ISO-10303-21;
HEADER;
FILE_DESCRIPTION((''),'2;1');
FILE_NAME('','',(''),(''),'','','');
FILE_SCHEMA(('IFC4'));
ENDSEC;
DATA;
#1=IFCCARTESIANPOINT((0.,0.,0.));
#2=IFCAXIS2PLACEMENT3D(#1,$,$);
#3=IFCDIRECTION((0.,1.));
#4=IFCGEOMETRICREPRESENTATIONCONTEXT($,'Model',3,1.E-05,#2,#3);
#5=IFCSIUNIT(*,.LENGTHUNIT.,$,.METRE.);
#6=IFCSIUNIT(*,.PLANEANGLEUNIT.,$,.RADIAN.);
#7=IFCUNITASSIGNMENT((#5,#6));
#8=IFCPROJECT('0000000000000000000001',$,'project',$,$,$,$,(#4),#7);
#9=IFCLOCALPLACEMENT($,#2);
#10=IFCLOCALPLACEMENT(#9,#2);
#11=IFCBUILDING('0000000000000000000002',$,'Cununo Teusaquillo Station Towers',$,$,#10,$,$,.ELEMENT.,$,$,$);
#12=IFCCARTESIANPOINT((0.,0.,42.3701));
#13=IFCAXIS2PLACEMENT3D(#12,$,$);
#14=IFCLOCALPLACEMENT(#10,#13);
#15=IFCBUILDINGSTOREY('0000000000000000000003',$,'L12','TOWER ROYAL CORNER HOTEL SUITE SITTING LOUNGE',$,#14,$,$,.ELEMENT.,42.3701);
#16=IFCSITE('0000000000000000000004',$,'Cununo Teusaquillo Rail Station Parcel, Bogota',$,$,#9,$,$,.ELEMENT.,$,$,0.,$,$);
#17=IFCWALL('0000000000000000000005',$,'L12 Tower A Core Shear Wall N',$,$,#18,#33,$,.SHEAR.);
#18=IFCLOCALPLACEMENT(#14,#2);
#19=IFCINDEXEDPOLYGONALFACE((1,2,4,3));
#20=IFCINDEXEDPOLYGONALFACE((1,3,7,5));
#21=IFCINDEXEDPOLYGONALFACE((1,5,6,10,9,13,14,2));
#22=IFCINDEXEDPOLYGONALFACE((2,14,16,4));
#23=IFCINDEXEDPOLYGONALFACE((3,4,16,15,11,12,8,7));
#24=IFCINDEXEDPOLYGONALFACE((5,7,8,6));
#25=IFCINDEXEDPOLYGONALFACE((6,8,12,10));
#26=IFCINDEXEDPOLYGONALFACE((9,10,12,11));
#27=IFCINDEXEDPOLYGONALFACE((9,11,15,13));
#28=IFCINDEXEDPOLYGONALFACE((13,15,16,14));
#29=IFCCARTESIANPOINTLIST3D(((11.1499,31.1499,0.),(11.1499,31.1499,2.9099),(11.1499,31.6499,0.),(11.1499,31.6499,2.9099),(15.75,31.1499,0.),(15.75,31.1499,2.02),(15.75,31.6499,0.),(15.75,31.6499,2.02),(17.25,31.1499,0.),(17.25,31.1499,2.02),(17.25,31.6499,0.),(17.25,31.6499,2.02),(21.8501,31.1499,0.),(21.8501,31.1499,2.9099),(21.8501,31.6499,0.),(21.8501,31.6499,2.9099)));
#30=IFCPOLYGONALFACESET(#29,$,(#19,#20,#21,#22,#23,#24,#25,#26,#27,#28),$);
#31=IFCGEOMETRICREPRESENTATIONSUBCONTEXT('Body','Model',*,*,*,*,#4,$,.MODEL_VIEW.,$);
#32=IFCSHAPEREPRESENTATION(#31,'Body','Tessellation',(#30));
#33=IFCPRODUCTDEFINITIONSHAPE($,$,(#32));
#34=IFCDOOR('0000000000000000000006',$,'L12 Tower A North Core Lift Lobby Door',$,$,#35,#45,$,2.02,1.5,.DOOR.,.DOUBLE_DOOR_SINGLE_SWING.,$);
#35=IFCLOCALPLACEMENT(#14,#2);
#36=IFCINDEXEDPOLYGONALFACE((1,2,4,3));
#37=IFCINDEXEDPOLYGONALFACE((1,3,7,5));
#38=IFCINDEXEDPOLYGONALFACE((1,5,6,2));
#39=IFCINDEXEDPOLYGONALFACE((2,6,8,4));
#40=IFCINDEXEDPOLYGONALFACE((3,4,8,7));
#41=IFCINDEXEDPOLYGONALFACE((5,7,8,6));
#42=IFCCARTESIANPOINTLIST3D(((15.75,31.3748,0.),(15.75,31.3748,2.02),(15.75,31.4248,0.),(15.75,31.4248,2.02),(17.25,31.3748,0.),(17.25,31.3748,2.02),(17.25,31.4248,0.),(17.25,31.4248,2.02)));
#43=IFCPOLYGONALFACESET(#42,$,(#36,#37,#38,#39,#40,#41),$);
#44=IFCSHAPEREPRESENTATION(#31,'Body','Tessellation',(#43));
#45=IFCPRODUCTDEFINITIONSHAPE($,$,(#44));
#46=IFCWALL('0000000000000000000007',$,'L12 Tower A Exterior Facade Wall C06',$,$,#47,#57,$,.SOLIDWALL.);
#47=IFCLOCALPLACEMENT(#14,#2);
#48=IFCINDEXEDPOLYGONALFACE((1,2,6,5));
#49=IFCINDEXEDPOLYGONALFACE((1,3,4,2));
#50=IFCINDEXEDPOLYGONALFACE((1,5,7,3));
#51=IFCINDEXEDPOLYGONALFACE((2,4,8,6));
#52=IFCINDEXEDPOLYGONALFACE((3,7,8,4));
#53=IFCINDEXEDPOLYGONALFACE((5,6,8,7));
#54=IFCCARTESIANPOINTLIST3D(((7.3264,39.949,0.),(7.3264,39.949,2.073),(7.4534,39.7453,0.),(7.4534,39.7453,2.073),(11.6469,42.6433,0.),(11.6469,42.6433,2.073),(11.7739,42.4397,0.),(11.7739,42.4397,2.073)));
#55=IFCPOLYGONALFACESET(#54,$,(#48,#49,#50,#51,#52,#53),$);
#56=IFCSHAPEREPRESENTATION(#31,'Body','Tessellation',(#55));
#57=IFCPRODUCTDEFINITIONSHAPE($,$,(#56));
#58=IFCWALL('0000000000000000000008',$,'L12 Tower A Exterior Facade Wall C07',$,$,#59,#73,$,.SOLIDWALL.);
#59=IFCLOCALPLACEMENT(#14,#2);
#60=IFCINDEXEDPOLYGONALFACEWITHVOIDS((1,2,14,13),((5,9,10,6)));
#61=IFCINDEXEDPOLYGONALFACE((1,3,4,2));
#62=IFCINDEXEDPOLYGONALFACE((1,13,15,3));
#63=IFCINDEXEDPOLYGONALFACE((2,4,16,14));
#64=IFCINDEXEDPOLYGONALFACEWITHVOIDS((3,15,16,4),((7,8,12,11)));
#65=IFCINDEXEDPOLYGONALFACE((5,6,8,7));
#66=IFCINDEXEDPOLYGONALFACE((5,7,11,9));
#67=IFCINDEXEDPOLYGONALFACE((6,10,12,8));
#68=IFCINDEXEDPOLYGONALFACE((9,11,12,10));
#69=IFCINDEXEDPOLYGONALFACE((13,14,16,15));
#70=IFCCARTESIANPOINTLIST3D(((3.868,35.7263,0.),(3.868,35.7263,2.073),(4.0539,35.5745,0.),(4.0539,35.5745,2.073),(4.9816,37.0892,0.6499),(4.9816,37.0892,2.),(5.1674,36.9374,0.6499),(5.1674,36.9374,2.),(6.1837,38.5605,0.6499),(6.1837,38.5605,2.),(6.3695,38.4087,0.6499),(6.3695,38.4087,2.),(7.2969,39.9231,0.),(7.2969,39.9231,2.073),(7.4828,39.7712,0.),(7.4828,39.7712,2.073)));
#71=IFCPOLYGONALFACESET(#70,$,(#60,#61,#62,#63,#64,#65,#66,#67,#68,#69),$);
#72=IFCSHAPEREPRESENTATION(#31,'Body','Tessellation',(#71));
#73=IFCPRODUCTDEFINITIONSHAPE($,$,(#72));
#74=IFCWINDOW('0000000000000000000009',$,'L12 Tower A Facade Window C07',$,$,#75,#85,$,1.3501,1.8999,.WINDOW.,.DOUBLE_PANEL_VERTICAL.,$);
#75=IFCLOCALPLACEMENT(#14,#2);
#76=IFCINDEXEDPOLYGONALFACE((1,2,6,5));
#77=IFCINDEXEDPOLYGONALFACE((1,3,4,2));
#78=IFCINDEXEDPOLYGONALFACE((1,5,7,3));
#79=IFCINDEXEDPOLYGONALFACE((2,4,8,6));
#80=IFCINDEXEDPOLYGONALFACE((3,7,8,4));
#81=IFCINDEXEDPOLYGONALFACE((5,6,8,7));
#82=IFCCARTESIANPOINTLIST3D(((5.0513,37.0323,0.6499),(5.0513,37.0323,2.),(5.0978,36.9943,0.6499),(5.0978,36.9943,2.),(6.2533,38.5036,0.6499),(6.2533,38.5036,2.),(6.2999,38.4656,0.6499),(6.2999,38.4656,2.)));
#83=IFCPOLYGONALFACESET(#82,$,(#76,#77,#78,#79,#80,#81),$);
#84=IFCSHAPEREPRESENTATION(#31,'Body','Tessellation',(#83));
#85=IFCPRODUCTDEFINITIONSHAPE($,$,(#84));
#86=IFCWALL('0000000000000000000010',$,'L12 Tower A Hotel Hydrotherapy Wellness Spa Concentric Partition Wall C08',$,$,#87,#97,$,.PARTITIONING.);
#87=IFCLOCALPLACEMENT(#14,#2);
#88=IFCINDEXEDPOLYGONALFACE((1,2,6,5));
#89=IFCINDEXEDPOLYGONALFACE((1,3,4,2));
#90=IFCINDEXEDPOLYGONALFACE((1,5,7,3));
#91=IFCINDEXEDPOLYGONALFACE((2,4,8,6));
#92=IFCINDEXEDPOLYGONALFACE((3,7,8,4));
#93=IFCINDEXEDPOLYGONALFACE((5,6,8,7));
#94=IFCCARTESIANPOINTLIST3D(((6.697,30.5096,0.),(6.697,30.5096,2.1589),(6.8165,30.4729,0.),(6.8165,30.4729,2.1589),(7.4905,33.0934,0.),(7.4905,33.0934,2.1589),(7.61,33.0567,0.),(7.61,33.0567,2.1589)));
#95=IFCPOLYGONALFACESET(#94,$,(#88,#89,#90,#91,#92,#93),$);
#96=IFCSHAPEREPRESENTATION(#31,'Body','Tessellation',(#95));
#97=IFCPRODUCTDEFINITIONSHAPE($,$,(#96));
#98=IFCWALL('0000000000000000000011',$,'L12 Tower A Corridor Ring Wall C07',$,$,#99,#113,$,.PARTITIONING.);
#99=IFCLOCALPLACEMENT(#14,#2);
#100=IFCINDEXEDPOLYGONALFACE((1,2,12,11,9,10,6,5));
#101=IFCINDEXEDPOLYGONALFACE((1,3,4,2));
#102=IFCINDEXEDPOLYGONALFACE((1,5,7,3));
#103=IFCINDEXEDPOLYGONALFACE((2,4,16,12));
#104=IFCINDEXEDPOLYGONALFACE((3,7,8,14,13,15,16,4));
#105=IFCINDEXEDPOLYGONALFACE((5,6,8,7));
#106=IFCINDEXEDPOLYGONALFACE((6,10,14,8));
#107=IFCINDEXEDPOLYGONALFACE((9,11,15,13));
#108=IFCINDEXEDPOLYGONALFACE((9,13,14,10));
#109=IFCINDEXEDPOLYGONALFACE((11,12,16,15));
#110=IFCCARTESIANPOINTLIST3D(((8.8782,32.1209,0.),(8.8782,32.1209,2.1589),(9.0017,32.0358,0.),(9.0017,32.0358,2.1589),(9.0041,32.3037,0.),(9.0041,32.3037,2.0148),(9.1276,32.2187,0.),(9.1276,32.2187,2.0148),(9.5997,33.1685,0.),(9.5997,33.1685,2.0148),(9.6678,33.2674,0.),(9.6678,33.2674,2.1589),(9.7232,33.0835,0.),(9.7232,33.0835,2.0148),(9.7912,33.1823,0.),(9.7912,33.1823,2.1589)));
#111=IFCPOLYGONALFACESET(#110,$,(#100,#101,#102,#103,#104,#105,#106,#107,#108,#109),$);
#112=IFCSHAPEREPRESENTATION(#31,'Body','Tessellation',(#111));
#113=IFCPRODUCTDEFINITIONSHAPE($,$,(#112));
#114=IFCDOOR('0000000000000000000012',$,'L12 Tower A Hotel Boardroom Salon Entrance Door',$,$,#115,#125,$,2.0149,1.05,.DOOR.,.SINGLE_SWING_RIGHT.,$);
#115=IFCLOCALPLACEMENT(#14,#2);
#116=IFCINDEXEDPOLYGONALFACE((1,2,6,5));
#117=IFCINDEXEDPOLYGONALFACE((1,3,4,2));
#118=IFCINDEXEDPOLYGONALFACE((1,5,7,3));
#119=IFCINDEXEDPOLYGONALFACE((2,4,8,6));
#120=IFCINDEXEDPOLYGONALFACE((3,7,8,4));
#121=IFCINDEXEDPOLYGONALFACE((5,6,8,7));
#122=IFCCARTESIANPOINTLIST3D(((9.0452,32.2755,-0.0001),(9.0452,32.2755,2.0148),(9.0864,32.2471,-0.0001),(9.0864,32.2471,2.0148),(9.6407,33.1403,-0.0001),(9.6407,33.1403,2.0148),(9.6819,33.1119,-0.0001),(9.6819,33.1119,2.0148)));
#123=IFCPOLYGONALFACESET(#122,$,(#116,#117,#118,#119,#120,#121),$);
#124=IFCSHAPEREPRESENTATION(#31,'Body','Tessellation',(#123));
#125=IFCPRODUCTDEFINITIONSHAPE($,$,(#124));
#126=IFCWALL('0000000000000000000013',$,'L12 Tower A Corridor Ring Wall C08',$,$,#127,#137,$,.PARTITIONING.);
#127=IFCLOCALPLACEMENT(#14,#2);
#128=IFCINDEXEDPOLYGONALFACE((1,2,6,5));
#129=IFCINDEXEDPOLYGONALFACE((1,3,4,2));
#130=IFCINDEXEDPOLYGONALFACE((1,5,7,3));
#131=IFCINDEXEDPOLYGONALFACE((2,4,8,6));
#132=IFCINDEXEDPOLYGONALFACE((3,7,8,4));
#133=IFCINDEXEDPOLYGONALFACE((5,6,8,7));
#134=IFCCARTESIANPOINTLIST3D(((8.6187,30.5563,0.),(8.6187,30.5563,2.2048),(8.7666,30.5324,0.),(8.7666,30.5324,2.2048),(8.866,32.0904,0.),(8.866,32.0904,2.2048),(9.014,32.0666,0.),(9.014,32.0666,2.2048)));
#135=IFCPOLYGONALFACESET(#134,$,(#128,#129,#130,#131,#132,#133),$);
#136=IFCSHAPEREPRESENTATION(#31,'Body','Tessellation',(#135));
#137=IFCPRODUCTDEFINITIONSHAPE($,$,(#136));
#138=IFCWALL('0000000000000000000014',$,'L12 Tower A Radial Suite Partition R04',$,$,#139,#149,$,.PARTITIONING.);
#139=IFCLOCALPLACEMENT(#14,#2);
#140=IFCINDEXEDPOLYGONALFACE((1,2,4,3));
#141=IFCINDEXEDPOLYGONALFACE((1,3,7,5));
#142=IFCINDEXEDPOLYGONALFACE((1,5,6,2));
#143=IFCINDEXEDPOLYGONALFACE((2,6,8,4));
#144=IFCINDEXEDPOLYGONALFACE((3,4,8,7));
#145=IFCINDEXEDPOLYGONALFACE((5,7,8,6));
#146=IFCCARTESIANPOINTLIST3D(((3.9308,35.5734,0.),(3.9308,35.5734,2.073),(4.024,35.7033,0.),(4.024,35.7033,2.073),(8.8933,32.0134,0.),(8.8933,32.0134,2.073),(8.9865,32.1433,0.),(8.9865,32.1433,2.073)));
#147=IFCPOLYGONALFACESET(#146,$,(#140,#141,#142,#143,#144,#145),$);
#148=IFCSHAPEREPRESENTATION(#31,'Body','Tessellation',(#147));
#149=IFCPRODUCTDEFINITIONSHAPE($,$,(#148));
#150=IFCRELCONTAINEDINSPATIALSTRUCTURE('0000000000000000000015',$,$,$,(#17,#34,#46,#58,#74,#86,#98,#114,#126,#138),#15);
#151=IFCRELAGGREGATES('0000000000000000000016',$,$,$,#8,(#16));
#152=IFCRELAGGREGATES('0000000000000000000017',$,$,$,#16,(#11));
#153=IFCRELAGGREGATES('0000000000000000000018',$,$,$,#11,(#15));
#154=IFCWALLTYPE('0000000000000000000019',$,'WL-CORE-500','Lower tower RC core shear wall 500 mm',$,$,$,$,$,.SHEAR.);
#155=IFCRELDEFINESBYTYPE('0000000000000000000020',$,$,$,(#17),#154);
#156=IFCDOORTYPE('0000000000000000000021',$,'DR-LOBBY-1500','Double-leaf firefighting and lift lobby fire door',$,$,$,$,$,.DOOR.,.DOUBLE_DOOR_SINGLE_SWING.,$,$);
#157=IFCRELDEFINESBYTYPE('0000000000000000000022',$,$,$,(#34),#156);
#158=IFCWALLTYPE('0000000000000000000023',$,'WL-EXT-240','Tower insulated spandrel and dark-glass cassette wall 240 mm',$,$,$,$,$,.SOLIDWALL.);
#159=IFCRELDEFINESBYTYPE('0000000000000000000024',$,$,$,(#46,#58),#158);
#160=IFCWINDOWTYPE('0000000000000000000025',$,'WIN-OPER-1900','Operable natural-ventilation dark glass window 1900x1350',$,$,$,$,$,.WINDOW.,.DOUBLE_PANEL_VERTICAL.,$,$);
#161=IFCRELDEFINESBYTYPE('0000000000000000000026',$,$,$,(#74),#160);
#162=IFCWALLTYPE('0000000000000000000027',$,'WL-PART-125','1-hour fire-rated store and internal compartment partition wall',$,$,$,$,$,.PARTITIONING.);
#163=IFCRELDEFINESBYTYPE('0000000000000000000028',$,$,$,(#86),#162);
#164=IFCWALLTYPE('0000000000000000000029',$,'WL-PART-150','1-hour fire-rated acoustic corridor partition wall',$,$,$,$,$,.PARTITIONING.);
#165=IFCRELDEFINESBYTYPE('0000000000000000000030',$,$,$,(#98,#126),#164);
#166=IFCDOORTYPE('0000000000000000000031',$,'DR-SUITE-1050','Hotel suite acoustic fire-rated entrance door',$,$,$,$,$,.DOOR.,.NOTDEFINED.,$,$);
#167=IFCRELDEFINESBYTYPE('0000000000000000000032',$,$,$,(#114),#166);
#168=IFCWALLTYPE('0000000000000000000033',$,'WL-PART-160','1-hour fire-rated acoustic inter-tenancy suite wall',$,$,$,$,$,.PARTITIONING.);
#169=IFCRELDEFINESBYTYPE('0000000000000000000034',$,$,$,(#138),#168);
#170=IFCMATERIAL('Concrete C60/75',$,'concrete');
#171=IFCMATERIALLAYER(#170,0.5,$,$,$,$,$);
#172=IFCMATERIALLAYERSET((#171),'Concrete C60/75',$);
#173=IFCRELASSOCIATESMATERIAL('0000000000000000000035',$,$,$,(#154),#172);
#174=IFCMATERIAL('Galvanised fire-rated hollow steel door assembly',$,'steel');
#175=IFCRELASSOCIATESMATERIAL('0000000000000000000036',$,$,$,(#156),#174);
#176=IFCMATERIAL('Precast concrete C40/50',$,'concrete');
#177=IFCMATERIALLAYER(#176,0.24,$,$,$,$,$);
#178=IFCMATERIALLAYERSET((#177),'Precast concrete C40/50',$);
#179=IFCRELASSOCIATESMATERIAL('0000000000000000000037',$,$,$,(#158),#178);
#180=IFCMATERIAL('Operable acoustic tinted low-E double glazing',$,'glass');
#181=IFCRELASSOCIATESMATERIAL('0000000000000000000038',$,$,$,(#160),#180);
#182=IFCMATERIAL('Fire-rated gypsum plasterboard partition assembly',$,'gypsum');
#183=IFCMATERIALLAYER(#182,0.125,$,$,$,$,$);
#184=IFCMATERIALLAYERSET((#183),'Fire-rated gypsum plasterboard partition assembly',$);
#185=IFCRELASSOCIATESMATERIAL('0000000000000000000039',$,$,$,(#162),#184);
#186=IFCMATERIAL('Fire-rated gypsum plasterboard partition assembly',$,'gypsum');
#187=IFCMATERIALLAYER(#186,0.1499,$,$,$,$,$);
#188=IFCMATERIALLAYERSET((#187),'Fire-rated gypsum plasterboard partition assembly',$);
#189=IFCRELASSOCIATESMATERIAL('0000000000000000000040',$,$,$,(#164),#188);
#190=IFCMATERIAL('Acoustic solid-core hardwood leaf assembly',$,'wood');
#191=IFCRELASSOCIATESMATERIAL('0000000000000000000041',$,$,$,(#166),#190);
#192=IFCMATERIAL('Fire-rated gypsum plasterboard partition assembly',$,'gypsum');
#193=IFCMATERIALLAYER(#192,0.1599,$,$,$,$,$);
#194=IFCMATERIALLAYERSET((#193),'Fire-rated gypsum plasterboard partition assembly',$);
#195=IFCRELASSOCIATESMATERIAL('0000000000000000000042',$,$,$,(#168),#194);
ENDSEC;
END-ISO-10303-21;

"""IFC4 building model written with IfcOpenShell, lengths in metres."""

from ifc_helpers import new_model, si_unit, direction, frame, frame_2d, origin, place, context, subcontext, project, spatial, rectangle, extrude, source, transform, mapped, material, layer, layer_set, type_object, element, fill, save


model = new_model("IFC4")

# Units and contexts
model_context = context("Model", 3, precision=1e-05, world=origin(), true_north=direction((0.0, 1.0)))
body_context = subcontext(model_context, "Body", "Model", "MODEL_VIEW")
ifc_project = project(units=[si_unit("LENGTHUNIT", "METRE"), si_unit("PLANEANGLEUNIT", "RADIAN")], contexts=[model_context])

# Site, building, storey
site_placement = place(None, origin())
site = spatial("IfcSite", under=ifc_project, at=site_placement, Name="Cununo Teusaquillo Rail Station Parcel, Bogota", CompositionType="ELEMENT", RefElevation=0.0)
building_placement = place(site_placement, origin())
building = spatial("IfcBuilding", under=site, at=building_placement, Name="Cununo Teusaquillo Station Towers", CompositionType="ELEMENT")
storey_placement = place(building_placement, frame((0.0, 0.0, 42.3701)))
storey = spatial("IfcBuildingStorey", under=building, at=storey_placement, Name="L12", Description="TOWER ROYAL CORNER HOTEL SUITE SITTING LOUNGE", CompositionType="ELEMENT", Elevation=42.3701)

# Wall, opening, door
ifc_material_1 = material(Name="Concrete C60/75", Category="concrete")
ifc_layer_1 = layer(ifc_material_1, 0.5)
ifc_layer_set_1 = layer_set([ifc_layer_1], Name="Concrete C60/75")
wall_type_1 = type_object("IfcWallType", Name="WL-CORE-500", Description="Lower tower RC core shear wall 500 mm", PredefinedType="SHEAR", material=ifc_layer_set_1)
wall_1_placement = place(storey_placement, frame((11.1499, 31.3999, 0.0), z_axis=(0.0, 0.0, 1.0), x_axis=(1.0, 0.0, 0.0)))
wall_1 = element("IfcWall", 1, at=wall_1_placement, inside=storey, type_object=wall_type_1, Name="L12 Tower A Core Shear Wall N", PredefinedType="SHEAR", context=body_context, shape_type="SweptSolid", body=[
    extrude(rectangle(XDim=10.7002, YDim=0.5, at=frame_2d((5.3501, 0.0))), origin(), (0.0, 0.0, 1.0), 2.9099),
])
shared_shape_1 = source(origin(), body_context, "Body", "SweptSolid", [
    extrude(rectangle(XDim=1.5, YDim=2.02, at=frame_2d((0.75, 1.01))), frame((0.0, 0.26, 0.0), z_axis=(0.0, -1.0, 0.0), x_axis=(1.0, 0.0, 0.0)), (0.0, 0.0, 1.0), 0.52),
])
opening_1_placement = place(wall_1_placement, frame((4.6001, 0.0, 0.0)))
opening_1 = element("IfcOpeningElement", 2, at=opening_1_placement, cuts=wall_1, PredefinedType="OPENING", context=body_context, shape_type="MappedRepresentation", body=[
    mapped(shared_shape_1, transform((0.0, 0.0, 0.0), x_axis=(1.0, 0.0, 0.0), y_axis=(0.0, 1.0, 0.0), z_axis=(0.0, 0.0, 1.0), scale=1.0)),
])
ifc_material_2 = material(Name="Galvanised fire-rated hollow steel door assembly", Category="steel")
door_type_1 = type_object("IfcDoorType", Name="DR-LOBBY-1500", Description="Double-leaf firefighting and lift lobby fire door", OperationType="DOUBLE_DOOR_SINGLE_SWING", PredefinedType="DOOR", material=ifc_material_2)
shared_shape_2 = source(origin(), body_context, "Body", "SweptSolid", [
    extrude(rectangle(XDim=1.5, YDim=2.02, at=frame_2d((0.75, 1.01))), frame((0.0, 0.0249, 0.0), z_axis=(0.0, -1.0, 0.0), x_axis=(1.0, 0.0, 0.0)), (0.0, 0.0, 1.0), 0.05),
])
door_1_placement = place(opening_1_placement, origin())
door_1 = element("IfcDoor", 3, at=door_1_placement, inside=storey, type_object=door_type_1, Name="L12 Tower A North Core Lift Lobby Door", OperationType="DOUBLE_DOOR_SINGLE_SWING", OverallHeight=2.02, OverallWidth=1.5, PredefinedType="DOOR", context=body_context, shape_type="MappedRepresentation", body=[
    mapped(shared_shape_2, transform((0.0, 0.0, 0.0), x_axis=(1.0, 0.0, 0.0), y_axis=(0.0, 1.0, 0.0), z_axis=(0.0, 0.0, 1.0), scale=1.0)),
])
fill(opening_1, door_1)

# Wall
ifc_material_3 = material(Name="Precast concrete C40/50", Category="concrete")
ifc_layer_2 = layer(ifc_material_3, 0.24)
ifc_layer_set_2 = layer_set([ifc_layer_2], Name="Precast concrete C40/50")
wall_type_2 = type_object("IfcWallType", Name="WL-EXT-240", Description="Tower insulated spandrel and dark-glass cassette wall 240 mm", PredefinedType="SOLIDWALL", material=ifc_layer_set_2)
wall_2_placement = place(storey_placement, frame((7.3899, 39.8472, 0.0), z_axis=(0.0, 0.0, 1.0), x_axis=(0.848529, 0.52915, 0.0)))
element("IfcWall", 4, at=wall_2_placement, inside=storey, type_object=wall_type_2, Name="L12 Tower A Exterior Facade Wall C06", PredefinedType="SOLIDWALL", context=body_context, shape_type="SweptSolid", body=[
    extrude(rectangle(XDim=5.0918, YDim=0.24, at=frame_2d((2.5459, 0.0))), origin(), (0.0, 0.0, 1.0), 2.073),
])

# Wall, opening, window
wall_3_placement = place(storey_placement, frame((3.9609, 35.6504, 0.0), z_axis=(0.0, 0.0, 1.0), x_axis=(0.63271, 0.774389, 0.0)))
wall_3 = element("IfcWall", 5, at=wall_3_placement, inside=storey, type_object=wall_type_2, Name="L12 Tower A Exterior Facade Wall C07", PredefinedType="SOLIDWALL", context=body_context, shape_type="SweptSolid", body=[
    extrude(rectangle(XDim=5.4194, YDim=0.24, at=frame_2d((2.7097, 0.0))), origin(), (0.0, 0.0, 1.0), 2.073),
])
shared_shape_3 = source(origin(), body_context, "Body", "SweptSolid", [
    extrude(rectangle(XDim=1.8999, YDim=1.3501, at=frame_2d((0.95, 0.675))), frame((0.0, 0.1299, 0.0), z_axis=(0.0, -1.0, 0.0), x_axis=(1.0, 0.0, 0.0)), (0.0, 0.0, 1.0), 0.26),
])
opening_2_placement = place(wall_3_placement, frame((1.76, 0.0, 0.6499)))
opening_2 = element("IfcOpeningElement", 6, at=opening_2_placement, cuts=wall_3, PredefinedType="OPENING", context=body_context, shape_type="MappedRepresentation", body=[
    mapped(shared_shape_3, transform((0.0, 0.0, 0.0), x_axis=(1.0, 0.0, 0.0), y_axis=(0.0, 1.0, 0.0), z_axis=(0.0, 0.0, 1.0), scale=1.0)),
])
ifc_material_4 = material(Name="Operable acoustic tinted low-E double glazing", Category="glass")
window_type = type_object("IfcWindowType", Name="WIN-OPER-1900", Description="Operable natural-ventilation dark glass window 1900x1350", PartitioningType="DOUBLE_PANEL_VERTICAL", PredefinedType="WINDOW", material=ifc_material_4)
shared_shape_4 = source(origin(), body_context, "Body", "SweptSolid", [
    extrude(rectangle(XDim=1.8999, YDim=1.3501, at=frame_2d((0.95, 0.675))), frame((0.0, 0.03, 0.0), z_axis=(0.0, -1.0, 0.0), x_axis=(1.0, 0.0, 0.0)), (0.0, 0.0, 1.0), 0.0601),
])
window_placement = place(opening_2_placement, origin())
window = element("IfcWindow", 7, at=window_placement, inside=storey, type_object=window_type, Name="L12 Tower A Facade Window C07", OverallHeight=1.3501, OverallWidth=1.8999, PartitioningType="DOUBLE_PANEL_VERTICAL", PredefinedType="WINDOW", context=body_context, shape_type="MappedRepresentation", body=[
    mapped(shared_shape_4, transform((0.0, 0.0, 0.0), x_axis=(1.0, 0.0, 0.0), y_axis=(0.0, 1.0, 0.0), z_axis=(0.0, 0.0, 1.0), scale=1.0)),
])
fill(opening_2, window)

# Wall
ifc_material_5 = material(Name="Fire-rated gypsum plasterboard partition assembly", Category="gypsum")
ifc_layer_3 = layer(ifc_material_5, 0.125)
ifc_layer_set_3 = layer_set([ifc_layer_3], Name="Fire-rated gypsum plasterboard partition assembly")
wall_type_3 = type_object("IfcWallType", Name="WL-PART-125", Description="1-hour fire-rated store and internal compartment partition wall", PredefinedType="PARTITIONING", material=ifc_layer_set_3)
wall_4_placement = place(storey_placement, frame((7.5503, 33.0752, 0.0), z_axis=(0.0, 0.0, 1.0), x_axis=(-0.293565, -0.955939, 0.0)))
element("IfcWall", 8, at=wall_4_placement, inside=storey, type_object=wall_type_3, Name="L12 Tower A Hotel Hydrotherapy Wellness Spa Concentric Partition Wall C08", PredefinedType="PARTITIONING", context=body_context, shape_type="SweptSolid", body=[
    extrude(rectangle(XDim=2.7029, YDim=0.125, at=frame_2d((1.3516, 0.0))), origin(), (0.0, 0.0, 1.0), 2.1589),
])

# Wall, opening, door
ifc_material_6 = material(Name="Fire-rated gypsum plasterboard partition assembly", Category="gypsum")
ifc_layer_4 = layer(ifc_material_6, 0.1499)
ifc_layer_set_4 = layer_set([ifc_layer_4], Name="Fire-rated gypsum plasterboard partition assembly")
wall_type_4 = type_object("IfcWallType", Name="WL-PART-150", Description="1-hour fire-rated acoustic corridor partition wall", PredefinedType="PARTITIONING", material=ifc_layer_set_4)
wall_5_placement = place(storey_placement, frame((9.7295, 33.2249, 0.0), z_axis=(0.0, 0.0, 1.0), x_axis=(-0.567184, -0.823591, 0.0)))
wall_5 = element("IfcWall", 9, at=wall_5_placement, inside=storey, type_object=wall_type_4, Name="L12 Tower A Corridor Ring Wall C07", PredefinedType="PARTITIONING", context=body_context, shape_type="SweptSolid", body=[
    extrude(rectangle(XDim=1.3921, YDim=0.1499, at=frame_2d((0.696, 0.0))), origin(), (0.0, 0.0, 1.0), 2.1589),
])
shared_shape_5 = source(origin(), body_context, "Body", "SweptSolid", [
    extrude(rectangle(XDim=1.05, YDim=2.0149, at=frame_2d((0.5249, 1.0073))), frame((0.0, 0.085, 0.0), z_axis=(0.0, -1.0, 0.0), x_axis=(1.0, 0.0, 0.0)), (0.0, 0.0, 1.0), 0.1699),
])
opening_3_placement = place(wall_5_placement, frame((0.1201, 0.0, 0.0)))
opening_3 = element("IfcOpeningElement", 10, at=opening_3_placement, cuts=wall_5, PredefinedType="OPENING", context=body_context, shape_type="MappedRepresentation", body=[
    mapped(shared_shape_5, transform((0.0, 0.0, 0.0), x_axis=(1.0, 0.0, 0.0), y_axis=(0.0, 1.0, 0.0), z_axis=(0.0, 0.0, 1.0), scale=1.0)),
])
ifc_material_7 = material(Name="Acoustic solid-core hardwood leaf assembly", Category="wood")
door_type_2 = type_object("IfcDoorType", Name="DR-SUITE-1050", Description="Hotel suite acoustic fire-rated entrance door", OperationType="NOTDEFINED", PredefinedType="DOOR", material=ifc_material_7)
shared_shape_6 = source(origin(), body_context, "Body", "SweptSolid", [
    extrude(rectangle(XDim=1.05, YDim=2.0149, at=frame_2d((0.5249, 1.0073))), frame((0.0, 0.0249, 0.0), z_axis=(0.0, -1.0, 0.0), x_axis=(1.0, 0.0, 0.0)), (0.0, 0.0, 1.0), 0.05),
])
door_2_placement = place(opening_3_placement, origin())
door_2 = element("IfcDoor", 11, at=door_2_placement, inside=storey, type_object=door_type_2, Name="L12 Tower A Hotel Boardroom Salon Entrance Door", OperationType="SINGLE_SWING_RIGHT", OverallHeight=2.0149, OverallWidth=1.05, PredefinedType="DOOR", context=body_context, shape_type="MappedRepresentation", body=[
    mapped(shared_shape_6, transform((0.0, 0.0, 0.0), x_axis=(1.0, 0.0, 0.0), y_axis=(0.0, 1.0, 0.0), z_axis=(0.0, 0.0, 1.0), scale=1.0)),
])
fill(opening_3, door_2)

# Walls
wall_6_placement = place(storey_placement, frame((8.9399, 32.0784, 0.0), z_axis=(0.0, 0.0, 1.0), x_axis=(-0.159148, -0.987255, 0.0)))
element("IfcWall", 12, at=wall_6_placement, inside=storey, type_object=wall_type_4, Name="L12 Tower A Corridor Ring Wall C08", PredefinedType="PARTITIONING", context=body_context, shape_type="SweptSolid", body=[
    extrude(rectangle(XDim=1.554, YDim=0.1499, at=frame_2d((0.7769, 0.0))), origin(), (0.0, 0.0, 1.0), 2.2048),
])
ifc_material_8 = material(Name="Fire-rated gypsum plasterboard partition assembly", Category="gypsum")
ifc_layer_5 = layer(ifc_material_8, 0.1599)
ifc_layer_set_5 = layer_set([ifc_layer_5], Name="Fire-rated gypsum plasterboard partition assembly")
wall_type_5 = type_object("IfcWallType", Name="WL-PART-160", Description="1-hour fire-rated acoustic inter-tenancy suite wall", PredefinedType="PARTITIONING", material=ifc_layer_set_5)
wall_7_placement = place(storey_placement, frame((8.9399, 32.0784, 0.0), z_axis=(0.0, 0.0, 1.0), x_axis=(-0.812546, 0.582897, 0.0)))
element("IfcWall", 13, at=wall_7_placement, inside=storey, type_object=wall_type_5, Name="L12 Tower A Radial Suite Partition R04", PredefinedType="PARTITIONING", context=body_context, shape_type="SweptSolid", body=[
    extrude(rectangle(XDim=6.1074, YDim=0.1599, at=frame_2d((3.0537, 0.0))), origin(), (0.0, 0.0, 1.0), 2.073),
])

save(model, "model.ifc")
